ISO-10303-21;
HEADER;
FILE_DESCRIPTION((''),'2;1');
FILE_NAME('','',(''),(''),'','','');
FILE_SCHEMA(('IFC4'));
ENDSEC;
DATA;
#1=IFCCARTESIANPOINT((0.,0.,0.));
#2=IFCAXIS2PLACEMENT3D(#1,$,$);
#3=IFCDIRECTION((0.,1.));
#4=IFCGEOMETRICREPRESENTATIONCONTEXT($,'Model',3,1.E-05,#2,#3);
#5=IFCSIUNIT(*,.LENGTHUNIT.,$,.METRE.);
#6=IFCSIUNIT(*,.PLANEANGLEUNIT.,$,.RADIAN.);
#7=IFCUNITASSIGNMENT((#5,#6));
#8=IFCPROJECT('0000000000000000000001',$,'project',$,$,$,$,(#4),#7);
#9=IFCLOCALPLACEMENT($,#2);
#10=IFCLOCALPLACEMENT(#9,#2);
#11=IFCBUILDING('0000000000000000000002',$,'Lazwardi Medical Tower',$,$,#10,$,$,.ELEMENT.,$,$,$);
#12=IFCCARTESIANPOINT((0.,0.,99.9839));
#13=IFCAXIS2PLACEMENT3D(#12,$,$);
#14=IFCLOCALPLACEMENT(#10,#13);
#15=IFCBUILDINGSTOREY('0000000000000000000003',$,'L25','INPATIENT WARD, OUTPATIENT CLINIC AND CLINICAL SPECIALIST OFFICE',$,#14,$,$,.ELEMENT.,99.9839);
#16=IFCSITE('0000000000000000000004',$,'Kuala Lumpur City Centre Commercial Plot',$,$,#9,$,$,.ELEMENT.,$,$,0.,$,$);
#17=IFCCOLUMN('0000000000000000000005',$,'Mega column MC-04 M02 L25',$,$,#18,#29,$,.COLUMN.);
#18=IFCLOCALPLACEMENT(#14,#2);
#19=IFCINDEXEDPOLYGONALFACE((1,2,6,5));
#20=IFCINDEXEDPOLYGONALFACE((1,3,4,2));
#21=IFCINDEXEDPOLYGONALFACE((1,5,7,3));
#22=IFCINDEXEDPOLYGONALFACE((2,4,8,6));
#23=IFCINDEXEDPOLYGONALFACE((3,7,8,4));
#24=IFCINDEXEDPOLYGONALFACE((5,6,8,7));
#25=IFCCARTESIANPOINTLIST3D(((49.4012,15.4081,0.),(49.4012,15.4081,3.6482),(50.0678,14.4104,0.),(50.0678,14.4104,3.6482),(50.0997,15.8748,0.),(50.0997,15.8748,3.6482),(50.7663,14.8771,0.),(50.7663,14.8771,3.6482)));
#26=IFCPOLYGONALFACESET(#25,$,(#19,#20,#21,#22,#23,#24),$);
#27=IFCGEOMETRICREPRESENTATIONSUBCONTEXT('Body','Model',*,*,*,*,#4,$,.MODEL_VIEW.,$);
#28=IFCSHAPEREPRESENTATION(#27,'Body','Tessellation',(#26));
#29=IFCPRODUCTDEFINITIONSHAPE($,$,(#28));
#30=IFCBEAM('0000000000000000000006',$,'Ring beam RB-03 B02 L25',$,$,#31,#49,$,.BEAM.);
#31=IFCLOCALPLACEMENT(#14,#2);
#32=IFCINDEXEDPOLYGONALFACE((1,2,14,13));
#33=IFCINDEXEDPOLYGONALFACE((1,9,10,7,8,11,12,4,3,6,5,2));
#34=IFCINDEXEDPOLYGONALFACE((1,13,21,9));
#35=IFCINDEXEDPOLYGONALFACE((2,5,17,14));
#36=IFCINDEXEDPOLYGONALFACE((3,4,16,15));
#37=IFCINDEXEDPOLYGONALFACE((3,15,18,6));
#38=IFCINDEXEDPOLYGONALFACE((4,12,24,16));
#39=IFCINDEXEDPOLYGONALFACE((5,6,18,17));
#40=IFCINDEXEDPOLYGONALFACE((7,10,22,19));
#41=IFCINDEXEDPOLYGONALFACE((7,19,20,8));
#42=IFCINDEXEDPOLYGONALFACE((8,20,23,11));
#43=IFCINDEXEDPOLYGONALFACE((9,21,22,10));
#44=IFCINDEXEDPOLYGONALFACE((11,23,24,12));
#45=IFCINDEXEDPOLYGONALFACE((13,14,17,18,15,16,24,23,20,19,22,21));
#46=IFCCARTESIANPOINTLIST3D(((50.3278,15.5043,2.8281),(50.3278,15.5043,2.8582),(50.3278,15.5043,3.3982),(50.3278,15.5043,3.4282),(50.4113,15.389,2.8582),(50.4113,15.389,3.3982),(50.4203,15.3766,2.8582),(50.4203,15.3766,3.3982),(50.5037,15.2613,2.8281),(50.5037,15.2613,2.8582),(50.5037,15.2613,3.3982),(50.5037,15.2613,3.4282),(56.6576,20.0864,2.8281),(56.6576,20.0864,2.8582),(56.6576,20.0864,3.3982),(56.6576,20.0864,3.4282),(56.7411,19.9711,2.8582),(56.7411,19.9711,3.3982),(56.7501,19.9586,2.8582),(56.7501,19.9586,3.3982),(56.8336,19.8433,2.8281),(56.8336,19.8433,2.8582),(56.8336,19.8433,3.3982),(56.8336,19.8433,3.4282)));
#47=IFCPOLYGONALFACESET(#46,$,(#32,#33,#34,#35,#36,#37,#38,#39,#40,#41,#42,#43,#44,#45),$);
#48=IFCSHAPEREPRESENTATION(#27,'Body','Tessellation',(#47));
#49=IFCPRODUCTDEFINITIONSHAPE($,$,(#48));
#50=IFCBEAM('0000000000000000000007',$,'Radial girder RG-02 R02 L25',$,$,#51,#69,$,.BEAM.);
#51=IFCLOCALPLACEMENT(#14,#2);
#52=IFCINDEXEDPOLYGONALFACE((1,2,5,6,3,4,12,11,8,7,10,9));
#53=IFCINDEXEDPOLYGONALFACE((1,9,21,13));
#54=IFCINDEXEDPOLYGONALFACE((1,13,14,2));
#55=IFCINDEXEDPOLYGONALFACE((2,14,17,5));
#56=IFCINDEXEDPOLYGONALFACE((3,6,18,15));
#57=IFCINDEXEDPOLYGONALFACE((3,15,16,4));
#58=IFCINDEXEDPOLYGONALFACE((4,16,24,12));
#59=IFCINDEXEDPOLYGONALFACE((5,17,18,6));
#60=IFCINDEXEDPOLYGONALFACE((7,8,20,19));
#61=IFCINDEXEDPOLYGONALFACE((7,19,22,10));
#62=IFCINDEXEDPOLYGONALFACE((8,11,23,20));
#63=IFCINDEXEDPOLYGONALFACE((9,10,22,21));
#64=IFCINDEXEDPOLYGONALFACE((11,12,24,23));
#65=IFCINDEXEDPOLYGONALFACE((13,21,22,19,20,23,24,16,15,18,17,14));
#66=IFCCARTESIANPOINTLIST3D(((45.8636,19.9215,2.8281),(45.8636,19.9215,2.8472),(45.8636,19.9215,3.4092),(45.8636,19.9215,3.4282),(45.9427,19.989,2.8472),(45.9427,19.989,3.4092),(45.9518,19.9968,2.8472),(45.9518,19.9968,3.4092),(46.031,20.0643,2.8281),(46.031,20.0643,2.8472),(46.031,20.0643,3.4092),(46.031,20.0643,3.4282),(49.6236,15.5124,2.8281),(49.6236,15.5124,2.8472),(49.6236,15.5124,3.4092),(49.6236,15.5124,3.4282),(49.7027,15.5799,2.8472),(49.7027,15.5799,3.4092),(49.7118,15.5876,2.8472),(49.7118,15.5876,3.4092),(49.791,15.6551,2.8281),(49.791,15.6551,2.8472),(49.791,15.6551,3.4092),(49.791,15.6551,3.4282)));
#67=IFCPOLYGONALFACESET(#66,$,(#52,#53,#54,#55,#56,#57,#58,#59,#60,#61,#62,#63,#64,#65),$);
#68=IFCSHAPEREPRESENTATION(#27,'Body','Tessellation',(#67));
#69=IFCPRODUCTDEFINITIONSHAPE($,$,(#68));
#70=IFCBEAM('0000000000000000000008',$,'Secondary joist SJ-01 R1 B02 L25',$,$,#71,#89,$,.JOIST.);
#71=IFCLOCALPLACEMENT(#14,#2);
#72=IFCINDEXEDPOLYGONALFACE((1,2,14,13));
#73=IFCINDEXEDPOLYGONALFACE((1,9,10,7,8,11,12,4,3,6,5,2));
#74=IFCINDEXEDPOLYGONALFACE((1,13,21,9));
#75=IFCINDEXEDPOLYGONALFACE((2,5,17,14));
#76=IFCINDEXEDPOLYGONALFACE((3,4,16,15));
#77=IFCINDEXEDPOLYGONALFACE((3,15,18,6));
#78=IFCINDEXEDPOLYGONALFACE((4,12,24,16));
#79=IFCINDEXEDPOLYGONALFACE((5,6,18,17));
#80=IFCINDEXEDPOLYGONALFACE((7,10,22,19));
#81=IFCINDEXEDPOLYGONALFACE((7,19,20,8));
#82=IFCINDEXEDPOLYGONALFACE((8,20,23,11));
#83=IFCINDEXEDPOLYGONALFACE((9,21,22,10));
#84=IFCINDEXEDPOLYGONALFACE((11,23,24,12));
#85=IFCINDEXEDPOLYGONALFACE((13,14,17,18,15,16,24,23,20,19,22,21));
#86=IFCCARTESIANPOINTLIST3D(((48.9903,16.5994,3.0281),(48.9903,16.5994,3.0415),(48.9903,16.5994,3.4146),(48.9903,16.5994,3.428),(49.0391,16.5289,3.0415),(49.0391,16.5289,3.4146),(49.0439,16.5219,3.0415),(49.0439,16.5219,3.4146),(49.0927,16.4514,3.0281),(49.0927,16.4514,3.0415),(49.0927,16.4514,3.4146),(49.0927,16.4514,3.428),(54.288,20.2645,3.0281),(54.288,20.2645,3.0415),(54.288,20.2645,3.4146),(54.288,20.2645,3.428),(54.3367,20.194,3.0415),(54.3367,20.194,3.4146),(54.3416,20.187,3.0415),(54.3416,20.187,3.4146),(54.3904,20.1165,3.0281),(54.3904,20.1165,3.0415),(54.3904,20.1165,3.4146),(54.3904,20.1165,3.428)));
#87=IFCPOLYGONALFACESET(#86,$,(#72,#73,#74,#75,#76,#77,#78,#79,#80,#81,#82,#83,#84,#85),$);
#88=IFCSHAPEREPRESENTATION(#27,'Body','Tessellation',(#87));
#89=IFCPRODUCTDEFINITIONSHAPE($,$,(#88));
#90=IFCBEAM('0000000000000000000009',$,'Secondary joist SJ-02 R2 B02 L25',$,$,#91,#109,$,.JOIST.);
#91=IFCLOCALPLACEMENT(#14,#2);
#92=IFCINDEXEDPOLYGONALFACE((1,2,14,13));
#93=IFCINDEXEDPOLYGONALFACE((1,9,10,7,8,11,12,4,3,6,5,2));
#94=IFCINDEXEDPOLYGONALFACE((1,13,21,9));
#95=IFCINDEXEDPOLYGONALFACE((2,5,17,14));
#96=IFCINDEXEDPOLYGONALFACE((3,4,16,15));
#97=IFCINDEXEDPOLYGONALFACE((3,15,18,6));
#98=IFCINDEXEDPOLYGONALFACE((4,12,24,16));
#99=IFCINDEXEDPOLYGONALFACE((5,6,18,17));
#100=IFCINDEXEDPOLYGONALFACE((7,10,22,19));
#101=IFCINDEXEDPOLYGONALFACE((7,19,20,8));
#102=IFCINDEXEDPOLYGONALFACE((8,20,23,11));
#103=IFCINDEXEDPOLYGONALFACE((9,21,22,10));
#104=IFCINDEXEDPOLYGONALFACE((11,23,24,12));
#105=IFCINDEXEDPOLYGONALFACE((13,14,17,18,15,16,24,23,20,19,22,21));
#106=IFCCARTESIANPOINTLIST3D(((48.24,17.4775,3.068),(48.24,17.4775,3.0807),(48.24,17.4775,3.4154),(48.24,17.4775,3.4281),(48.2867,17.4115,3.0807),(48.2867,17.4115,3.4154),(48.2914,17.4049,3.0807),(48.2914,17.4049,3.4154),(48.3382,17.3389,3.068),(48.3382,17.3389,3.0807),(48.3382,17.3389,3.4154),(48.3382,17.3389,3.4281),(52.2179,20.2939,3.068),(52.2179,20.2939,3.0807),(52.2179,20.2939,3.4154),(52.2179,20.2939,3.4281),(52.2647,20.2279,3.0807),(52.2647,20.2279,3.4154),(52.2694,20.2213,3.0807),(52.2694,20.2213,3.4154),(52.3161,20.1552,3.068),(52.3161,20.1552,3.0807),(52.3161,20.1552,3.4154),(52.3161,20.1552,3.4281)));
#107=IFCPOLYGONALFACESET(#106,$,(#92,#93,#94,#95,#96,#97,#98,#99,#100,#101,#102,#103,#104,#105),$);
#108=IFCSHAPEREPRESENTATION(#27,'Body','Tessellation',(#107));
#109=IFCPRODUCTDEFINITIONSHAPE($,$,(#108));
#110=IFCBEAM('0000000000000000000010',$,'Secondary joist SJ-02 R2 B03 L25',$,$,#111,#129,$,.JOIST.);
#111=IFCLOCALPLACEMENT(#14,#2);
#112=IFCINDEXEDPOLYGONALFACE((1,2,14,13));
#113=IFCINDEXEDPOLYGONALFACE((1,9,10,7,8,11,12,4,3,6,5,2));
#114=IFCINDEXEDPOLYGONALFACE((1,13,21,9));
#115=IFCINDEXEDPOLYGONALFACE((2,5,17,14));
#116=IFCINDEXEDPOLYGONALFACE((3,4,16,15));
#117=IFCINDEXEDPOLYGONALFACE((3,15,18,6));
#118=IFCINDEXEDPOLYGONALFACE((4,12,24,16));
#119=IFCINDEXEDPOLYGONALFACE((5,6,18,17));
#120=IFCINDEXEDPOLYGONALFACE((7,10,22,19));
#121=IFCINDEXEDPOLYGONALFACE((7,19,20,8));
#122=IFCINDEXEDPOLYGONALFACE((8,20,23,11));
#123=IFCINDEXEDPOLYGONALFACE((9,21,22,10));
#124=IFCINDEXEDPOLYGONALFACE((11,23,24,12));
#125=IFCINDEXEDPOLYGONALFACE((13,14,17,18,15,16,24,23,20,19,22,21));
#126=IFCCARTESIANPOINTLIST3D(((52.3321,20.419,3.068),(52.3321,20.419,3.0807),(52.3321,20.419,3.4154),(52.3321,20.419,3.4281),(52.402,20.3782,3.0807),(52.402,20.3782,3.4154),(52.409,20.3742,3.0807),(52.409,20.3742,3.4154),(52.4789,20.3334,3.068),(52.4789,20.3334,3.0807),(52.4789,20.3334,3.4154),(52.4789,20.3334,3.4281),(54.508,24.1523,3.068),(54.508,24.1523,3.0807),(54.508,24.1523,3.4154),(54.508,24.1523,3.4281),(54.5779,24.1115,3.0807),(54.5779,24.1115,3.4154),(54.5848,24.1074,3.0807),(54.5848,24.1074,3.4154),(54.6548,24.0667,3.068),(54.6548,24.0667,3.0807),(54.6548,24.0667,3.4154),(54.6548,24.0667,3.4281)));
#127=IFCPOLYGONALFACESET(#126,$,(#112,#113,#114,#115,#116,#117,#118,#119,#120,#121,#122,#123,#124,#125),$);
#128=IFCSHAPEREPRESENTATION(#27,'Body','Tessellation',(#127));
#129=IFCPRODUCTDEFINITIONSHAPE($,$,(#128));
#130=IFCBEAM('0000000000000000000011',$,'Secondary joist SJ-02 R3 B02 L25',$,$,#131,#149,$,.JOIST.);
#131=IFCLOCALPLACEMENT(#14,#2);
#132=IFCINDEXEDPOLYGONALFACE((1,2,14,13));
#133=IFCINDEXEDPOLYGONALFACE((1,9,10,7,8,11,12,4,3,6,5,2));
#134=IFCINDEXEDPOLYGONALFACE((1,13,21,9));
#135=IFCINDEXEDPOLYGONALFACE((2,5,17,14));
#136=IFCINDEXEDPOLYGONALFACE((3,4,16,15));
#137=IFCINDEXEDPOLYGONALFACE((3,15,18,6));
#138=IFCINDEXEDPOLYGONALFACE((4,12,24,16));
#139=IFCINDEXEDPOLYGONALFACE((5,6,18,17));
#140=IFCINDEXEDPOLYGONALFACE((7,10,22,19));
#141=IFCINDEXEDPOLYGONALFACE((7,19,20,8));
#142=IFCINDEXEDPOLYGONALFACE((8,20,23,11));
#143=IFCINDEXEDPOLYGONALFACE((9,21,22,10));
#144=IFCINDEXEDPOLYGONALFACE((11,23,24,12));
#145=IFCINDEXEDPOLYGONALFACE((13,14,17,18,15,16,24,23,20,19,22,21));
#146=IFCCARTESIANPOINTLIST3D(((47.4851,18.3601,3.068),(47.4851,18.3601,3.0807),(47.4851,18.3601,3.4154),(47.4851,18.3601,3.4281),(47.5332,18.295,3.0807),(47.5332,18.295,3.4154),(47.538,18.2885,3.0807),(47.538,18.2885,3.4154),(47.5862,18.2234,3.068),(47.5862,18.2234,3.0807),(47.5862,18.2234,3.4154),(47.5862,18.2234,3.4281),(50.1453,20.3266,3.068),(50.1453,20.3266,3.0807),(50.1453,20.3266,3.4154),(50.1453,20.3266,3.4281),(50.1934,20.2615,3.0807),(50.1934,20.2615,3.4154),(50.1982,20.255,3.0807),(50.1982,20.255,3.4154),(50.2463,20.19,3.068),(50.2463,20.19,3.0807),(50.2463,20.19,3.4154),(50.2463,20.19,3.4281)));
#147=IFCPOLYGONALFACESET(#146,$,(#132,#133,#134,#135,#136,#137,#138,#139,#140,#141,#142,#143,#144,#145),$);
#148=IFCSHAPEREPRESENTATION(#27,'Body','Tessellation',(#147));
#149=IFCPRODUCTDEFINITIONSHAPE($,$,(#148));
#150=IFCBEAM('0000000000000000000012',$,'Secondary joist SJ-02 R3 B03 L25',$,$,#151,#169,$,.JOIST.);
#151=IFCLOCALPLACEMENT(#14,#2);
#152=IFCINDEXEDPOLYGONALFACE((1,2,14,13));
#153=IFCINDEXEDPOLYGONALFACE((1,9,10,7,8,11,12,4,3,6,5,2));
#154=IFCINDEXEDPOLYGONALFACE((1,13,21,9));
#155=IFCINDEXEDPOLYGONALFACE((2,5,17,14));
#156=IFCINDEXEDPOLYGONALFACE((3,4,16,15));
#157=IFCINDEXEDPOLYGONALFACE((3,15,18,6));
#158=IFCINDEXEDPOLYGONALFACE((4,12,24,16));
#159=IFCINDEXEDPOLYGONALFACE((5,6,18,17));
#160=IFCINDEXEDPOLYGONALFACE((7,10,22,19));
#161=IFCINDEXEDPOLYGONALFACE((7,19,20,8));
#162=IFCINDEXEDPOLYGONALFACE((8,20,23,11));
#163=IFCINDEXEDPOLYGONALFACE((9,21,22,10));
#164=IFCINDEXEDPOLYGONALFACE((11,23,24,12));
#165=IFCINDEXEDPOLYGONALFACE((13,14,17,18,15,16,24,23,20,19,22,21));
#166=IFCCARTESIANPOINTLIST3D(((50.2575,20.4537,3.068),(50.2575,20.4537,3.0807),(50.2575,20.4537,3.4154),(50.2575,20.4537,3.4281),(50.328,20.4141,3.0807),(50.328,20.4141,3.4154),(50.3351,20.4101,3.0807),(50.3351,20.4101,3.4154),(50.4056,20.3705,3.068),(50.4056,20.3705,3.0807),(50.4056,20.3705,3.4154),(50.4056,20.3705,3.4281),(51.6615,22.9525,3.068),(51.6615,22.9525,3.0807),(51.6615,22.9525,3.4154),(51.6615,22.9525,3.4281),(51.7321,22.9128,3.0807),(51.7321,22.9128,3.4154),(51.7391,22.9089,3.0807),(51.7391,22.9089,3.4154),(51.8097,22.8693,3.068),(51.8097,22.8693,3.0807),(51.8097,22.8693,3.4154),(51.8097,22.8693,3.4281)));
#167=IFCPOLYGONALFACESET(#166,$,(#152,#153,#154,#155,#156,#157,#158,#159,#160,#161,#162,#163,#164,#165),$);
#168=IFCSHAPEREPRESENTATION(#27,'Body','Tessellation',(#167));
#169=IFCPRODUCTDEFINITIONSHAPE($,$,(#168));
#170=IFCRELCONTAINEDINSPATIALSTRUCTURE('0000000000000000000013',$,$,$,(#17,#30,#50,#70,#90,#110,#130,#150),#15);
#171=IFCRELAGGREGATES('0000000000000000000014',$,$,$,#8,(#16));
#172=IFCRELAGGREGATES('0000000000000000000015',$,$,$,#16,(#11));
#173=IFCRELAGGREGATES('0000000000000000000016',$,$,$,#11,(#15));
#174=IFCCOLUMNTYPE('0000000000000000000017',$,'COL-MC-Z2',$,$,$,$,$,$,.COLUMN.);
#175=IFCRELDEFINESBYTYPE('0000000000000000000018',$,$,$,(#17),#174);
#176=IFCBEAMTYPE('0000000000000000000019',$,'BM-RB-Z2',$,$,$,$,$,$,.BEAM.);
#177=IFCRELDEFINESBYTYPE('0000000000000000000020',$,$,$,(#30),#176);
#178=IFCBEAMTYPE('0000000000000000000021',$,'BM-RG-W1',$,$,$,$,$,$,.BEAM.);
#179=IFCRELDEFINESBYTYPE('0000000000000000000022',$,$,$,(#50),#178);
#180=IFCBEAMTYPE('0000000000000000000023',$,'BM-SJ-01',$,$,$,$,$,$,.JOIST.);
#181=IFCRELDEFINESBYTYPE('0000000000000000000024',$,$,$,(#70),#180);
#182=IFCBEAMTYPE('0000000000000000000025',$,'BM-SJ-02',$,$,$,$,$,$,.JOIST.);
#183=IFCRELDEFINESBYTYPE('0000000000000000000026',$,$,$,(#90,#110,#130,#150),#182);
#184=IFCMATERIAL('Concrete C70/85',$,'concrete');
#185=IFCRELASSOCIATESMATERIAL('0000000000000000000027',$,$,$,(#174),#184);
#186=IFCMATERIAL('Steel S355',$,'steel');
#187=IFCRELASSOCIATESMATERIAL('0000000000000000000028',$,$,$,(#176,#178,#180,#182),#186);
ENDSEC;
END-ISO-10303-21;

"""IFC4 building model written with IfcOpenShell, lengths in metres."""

from ifc_helpers import new_model, si_unit, direction, frame, origin, origin_2d, place, context, subcontext, project, spatial, rectangle, i_section, extrude, material, material_profile, profile_set, type_object, element, save


model = new_model("IFC4")

# Units and contexts
model_context = context("Model", 3, precision=1e-05, world=origin(), true_north=direction((0.0, 1.0)))
body_context = subcontext(model_context, "Body", "Model", "MODEL_VIEW")
ifc_project = project(units=[si_unit("LENGTHUNIT", "METRE"), si_unit("PLANEANGLEUNIT", "RADIAN")], contexts=[model_context])

# Site, building, storey
site_placement = place(None, origin())
site = spatial("IfcSite", under=ifc_project, at=site_placement, Name="Kuala Lumpur City Centre Commercial Plot", CompositionType="ELEMENT", RefElevation=0.0)
building_placement = place(site_placement, origin())
building = spatial("IfcBuilding", under=site, at=building_placement, Name="Lazwardi Medical Tower", CompositionType="ELEMENT")
storey_placement = place(building_placement, frame((0.0, 0.0, 99.9839)))
storey = spatial("IfcBuildingStorey", under=building, at=storey_placement, Name="L25", Description="INPATIENT WARD, OUTPATIENT CLINIC AND CLINICAL SPECIALIST OFFICE", CompositionType="ELEMENT", Elevation=99.9839)

# Column
ifc_material_1 = material(Name="Concrete C70/85", Category="concrete")
ifc_material_profile_1 = material_profile(ifc_material_1, rectangle(XDim=1.2, YDim=0.8401, at=origin_2d()), Name="CFT-RECT 1200x840")
ifc_profile_set_1 = profile_set([ifc_material_profile_1], Name="Concrete C70/85")
column_type = type_object("IfcColumnType", Name="COL-MC-Z2", PredefinedType="COLUMN", material=ifc_profile_set_1)
column_placement = place(storey_placement, frame((50.0837, 15.1426, 0.0), z_axis=(0.0, 0.0, 1.0), x_axis=(0.55557, -0.83147, 0.0)))
element("IfcColumn", 1, at=column_placement, inside=storey, type_object=column_type, Name="Mega column MC-04 M02 L25", PredefinedType="COLUMN", context=body_context, shape_type="SweptSolid", body=[
    extrude(rectangle(XDim=1.2, YDim=0.8401, at=origin_2d()), origin(), (0.0, 0.0, 1.0), 3.6482),
])

# Beams
ifc_material_2 = material(Name="Steel S355", Category="steel")
ifc_material_profile_2 = material_profile(ifc_material_2, i_section(OverallWidth=0.3, OverallDepth=0.6001, WebThickness=0.0154, FlangeThickness=0.03, at=origin_2d()), Name="HEB 600")
ifc_profile_set_2 = profile_set([ifc_material_profile_2], Name="Steel S355")
beam_type_1 = type_object("IfcBeamType", Name="BM-RB-Z2", PredefinedType="BEAM", material=ifc_profile_set_2)
beam_1_placement = place(storey_placement, frame((50.4158, 15.3828, 3.1282), z_axis=(0.810042, 0.586372, 0.0), x_axis=(-0.586372, 0.810042, 0.0)))
element("IfcBeam", 2, at=beam_1_placement, inside=storey, type_object=beam_type_1, Name="Ring beam RB-03 B02 L25", PredefinedType="BEAM", context=body_context, shape_type="SweptSolid", body=[
    extrude(i_section(OverallWidth=0.3, OverallDepth=0.6001, WebThickness=0.0154, FlangeThickness=0.03, at=origin_2d()), origin(), (0.0, 0.0, 1.0), 7.8142),
])
ifc_material_profile_3 = material_profile(ifc_material_2, i_section(OverallWidth=0.22, OverallDepth=0.6001, WebThickness=0.012, FlangeThickness=0.019, at=origin_2d()), Name="IPE 600")
ifc_profile_set_3 = profile_set([ifc_material_profile_3], Name="Steel S355")
beam_type_2 = type_object("IfcBeamType", Name="BM-RG-W1", PredefinedType="BEAM", material=ifc_profile_set_3)
beam_2_placement = place(storey_placement, frame((49.7073, 15.5837, 3.1282), z_axis=(-0.648871, 0.760899, 0.0), x_axis=(-0.760899, -0.648871, 0.0)))
element("IfcBeam", 3, at=beam_2_placement, inside=storey, type_object=beam_type_2, Name="Radial girder RG-02 R02 L25", PredefinedType="BEAM", context=body_context, shape_type="SweptSolid", body=[
    extrude(i_section(OverallWidth=0.22, OverallDepth=0.6001, WebThickness=0.012, FlangeThickness=0.019, at=origin_2d()), origin(), (0.0, 0.0, 1.0), 5.7947),
])
ifc_material_profile_4 = material_profile(ifc_material_2, i_section(OverallWidth=0.1799, OverallDepth=0.3999, WebThickness=0.0085, FlangeThickness=0.0134, at=origin_2d()), Name="IPE 400")
ifc_profile_set_4 = profile_set([ifc_material_profile_4], Name="Steel S355")
beam_type_3 = type_object("IfcBeamType", Name="BM-SJ-01", PredefinedType="JOIST", material=ifc_profile_set_4)
beam_3_placement = place(storey_placement, frame((49.0415, 16.5254, 3.228), z_axis=(0.822376, 0.568944, 0.0), x_axis=(-0.568944, 0.822376, 0.0)))
element("IfcBeam", 4, at=beam_3_placement, inside=storey, type_object=beam_type_3, Name="Secondary joist SJ-01 R1 B02 L25", PredefinedType="JOIST", context=body_context, shape_type="SweptSolid", body=[
    extrude(i_section(OverallWidth=0.1799, OverallDepth=0.3999, WebThickness=0.0085, FlangeThickness=0.0134, at=origin_2d()), origin(), (0.0, 0.0, 1.0), 6.4419),
])
ifc_material_profile_5 = material_profile(ifc_material_2, i_section(OverallWidth=0.1699, OverallDepth=0.3601, WebThickness=0.0081, FlangeThickness=0.0127, at=origin_2d()), Name="IPE 360")
ifc_profile_set_5 = profile_set([ifc_material_profile_5], Name="Steel S355")
beam_type_4 = type_object("IfcBeamType", Name="BM-SJ-02", PredefinedType="JOIST", material=ifc_profile_set_5)
beam_4_placement = place(storey_placement, frame((48.2891, 17.4082, 3.248), z_axis=(0.816156, 0.577831, 0.0), x_axis=(-0.577831, 0.816156, 0.0)))
element("IfcBeam", 5, at=beam_4_placement, inside=storey, type_object=beam_type_4, Name="Secondary joist SJ-02 R2 B02 L25", PredefinedType="JOIST", context=body_context, shape_type="SweptSolid", body=[
    extrude(i_section(OverallWidth=0.1699, OverallDepth=0.3601, WebThickness=0.0081, FlangeThickness=0.0127, at=origin_2d()), origin(), (0.0, 0.0, 1.0), 4.874),
])
beam_5_placement = place(storey_placement, frame((52.4055, 20.3762, 3.248), z_axis=(0.503544, 0.863969, 0.0), x_axis=(-0.863969, 0.503544, 0.0)))
element("IfcBeam", 6, at=beam_5_placement, inside=storey, type_object=beam_type_4, Name="Secondary joist SJ-02 R2 B03 L25", PredefinedType="JOIST", context=body_context, shape_type="SweptSolid", body=[
    extrude(i_section(OverallWidth=0.1699, OverallDepth=0.3601, WebThickness=0.0081, FlangeThickness=0.0127, at=origin_2d()), origin(), (0.0, 0.0, 1.0), 4.321),
])
beam_6_placement = place(storey_placement, frame((47.5356, 18.2917, 3.248), z_axis=(0.804126, 0.59446, 0.0), x_axis=(-0.59446, 0.804126, 0.0)))
element("IfcBeam", 7, at=beam_6_placement, inside=storey, type_object=beam_type_4, Name="Secondary joist SJ-02 R3 B02 L25", PredefinedType="JOIST", context=body_context, shape_type="SweptSolid", body=[
    extrude(i_section(OverallWidth=0.1699, OverallDepth=0.3601, WebThickness=0.0081, FlangeThickness=0.0127, at=origin_2d()), origin(), (0.0, 0.0, 1.0), 3.3081),
])
beam_7_placement = place(storey_placement, frame((50.3315, 20.4121, 3.248), z_axis=(0.489861, 0.871801, 0.0), x_axis=(-0.871801, 0.489861, 0.0)))
element("IfcBeam", 8, at=beam_7_placement, inside=storey, type_object=beam_type_4, Name="Secondary joist SJ-02 R3 B03 L25", PredefinedType="JOIST", context=body_context, shape_type="SweptSolid", body=[
    extrude(i_section(OverallWidth=0.1699, OverallDepth=0.3601, WebThickness=0.0081, FlangeThickness=0.0127, at=origin_2d()), origin(), (0.0, 0.0, 1.0), 2.8662),
])

save(model, "model.ifc")
